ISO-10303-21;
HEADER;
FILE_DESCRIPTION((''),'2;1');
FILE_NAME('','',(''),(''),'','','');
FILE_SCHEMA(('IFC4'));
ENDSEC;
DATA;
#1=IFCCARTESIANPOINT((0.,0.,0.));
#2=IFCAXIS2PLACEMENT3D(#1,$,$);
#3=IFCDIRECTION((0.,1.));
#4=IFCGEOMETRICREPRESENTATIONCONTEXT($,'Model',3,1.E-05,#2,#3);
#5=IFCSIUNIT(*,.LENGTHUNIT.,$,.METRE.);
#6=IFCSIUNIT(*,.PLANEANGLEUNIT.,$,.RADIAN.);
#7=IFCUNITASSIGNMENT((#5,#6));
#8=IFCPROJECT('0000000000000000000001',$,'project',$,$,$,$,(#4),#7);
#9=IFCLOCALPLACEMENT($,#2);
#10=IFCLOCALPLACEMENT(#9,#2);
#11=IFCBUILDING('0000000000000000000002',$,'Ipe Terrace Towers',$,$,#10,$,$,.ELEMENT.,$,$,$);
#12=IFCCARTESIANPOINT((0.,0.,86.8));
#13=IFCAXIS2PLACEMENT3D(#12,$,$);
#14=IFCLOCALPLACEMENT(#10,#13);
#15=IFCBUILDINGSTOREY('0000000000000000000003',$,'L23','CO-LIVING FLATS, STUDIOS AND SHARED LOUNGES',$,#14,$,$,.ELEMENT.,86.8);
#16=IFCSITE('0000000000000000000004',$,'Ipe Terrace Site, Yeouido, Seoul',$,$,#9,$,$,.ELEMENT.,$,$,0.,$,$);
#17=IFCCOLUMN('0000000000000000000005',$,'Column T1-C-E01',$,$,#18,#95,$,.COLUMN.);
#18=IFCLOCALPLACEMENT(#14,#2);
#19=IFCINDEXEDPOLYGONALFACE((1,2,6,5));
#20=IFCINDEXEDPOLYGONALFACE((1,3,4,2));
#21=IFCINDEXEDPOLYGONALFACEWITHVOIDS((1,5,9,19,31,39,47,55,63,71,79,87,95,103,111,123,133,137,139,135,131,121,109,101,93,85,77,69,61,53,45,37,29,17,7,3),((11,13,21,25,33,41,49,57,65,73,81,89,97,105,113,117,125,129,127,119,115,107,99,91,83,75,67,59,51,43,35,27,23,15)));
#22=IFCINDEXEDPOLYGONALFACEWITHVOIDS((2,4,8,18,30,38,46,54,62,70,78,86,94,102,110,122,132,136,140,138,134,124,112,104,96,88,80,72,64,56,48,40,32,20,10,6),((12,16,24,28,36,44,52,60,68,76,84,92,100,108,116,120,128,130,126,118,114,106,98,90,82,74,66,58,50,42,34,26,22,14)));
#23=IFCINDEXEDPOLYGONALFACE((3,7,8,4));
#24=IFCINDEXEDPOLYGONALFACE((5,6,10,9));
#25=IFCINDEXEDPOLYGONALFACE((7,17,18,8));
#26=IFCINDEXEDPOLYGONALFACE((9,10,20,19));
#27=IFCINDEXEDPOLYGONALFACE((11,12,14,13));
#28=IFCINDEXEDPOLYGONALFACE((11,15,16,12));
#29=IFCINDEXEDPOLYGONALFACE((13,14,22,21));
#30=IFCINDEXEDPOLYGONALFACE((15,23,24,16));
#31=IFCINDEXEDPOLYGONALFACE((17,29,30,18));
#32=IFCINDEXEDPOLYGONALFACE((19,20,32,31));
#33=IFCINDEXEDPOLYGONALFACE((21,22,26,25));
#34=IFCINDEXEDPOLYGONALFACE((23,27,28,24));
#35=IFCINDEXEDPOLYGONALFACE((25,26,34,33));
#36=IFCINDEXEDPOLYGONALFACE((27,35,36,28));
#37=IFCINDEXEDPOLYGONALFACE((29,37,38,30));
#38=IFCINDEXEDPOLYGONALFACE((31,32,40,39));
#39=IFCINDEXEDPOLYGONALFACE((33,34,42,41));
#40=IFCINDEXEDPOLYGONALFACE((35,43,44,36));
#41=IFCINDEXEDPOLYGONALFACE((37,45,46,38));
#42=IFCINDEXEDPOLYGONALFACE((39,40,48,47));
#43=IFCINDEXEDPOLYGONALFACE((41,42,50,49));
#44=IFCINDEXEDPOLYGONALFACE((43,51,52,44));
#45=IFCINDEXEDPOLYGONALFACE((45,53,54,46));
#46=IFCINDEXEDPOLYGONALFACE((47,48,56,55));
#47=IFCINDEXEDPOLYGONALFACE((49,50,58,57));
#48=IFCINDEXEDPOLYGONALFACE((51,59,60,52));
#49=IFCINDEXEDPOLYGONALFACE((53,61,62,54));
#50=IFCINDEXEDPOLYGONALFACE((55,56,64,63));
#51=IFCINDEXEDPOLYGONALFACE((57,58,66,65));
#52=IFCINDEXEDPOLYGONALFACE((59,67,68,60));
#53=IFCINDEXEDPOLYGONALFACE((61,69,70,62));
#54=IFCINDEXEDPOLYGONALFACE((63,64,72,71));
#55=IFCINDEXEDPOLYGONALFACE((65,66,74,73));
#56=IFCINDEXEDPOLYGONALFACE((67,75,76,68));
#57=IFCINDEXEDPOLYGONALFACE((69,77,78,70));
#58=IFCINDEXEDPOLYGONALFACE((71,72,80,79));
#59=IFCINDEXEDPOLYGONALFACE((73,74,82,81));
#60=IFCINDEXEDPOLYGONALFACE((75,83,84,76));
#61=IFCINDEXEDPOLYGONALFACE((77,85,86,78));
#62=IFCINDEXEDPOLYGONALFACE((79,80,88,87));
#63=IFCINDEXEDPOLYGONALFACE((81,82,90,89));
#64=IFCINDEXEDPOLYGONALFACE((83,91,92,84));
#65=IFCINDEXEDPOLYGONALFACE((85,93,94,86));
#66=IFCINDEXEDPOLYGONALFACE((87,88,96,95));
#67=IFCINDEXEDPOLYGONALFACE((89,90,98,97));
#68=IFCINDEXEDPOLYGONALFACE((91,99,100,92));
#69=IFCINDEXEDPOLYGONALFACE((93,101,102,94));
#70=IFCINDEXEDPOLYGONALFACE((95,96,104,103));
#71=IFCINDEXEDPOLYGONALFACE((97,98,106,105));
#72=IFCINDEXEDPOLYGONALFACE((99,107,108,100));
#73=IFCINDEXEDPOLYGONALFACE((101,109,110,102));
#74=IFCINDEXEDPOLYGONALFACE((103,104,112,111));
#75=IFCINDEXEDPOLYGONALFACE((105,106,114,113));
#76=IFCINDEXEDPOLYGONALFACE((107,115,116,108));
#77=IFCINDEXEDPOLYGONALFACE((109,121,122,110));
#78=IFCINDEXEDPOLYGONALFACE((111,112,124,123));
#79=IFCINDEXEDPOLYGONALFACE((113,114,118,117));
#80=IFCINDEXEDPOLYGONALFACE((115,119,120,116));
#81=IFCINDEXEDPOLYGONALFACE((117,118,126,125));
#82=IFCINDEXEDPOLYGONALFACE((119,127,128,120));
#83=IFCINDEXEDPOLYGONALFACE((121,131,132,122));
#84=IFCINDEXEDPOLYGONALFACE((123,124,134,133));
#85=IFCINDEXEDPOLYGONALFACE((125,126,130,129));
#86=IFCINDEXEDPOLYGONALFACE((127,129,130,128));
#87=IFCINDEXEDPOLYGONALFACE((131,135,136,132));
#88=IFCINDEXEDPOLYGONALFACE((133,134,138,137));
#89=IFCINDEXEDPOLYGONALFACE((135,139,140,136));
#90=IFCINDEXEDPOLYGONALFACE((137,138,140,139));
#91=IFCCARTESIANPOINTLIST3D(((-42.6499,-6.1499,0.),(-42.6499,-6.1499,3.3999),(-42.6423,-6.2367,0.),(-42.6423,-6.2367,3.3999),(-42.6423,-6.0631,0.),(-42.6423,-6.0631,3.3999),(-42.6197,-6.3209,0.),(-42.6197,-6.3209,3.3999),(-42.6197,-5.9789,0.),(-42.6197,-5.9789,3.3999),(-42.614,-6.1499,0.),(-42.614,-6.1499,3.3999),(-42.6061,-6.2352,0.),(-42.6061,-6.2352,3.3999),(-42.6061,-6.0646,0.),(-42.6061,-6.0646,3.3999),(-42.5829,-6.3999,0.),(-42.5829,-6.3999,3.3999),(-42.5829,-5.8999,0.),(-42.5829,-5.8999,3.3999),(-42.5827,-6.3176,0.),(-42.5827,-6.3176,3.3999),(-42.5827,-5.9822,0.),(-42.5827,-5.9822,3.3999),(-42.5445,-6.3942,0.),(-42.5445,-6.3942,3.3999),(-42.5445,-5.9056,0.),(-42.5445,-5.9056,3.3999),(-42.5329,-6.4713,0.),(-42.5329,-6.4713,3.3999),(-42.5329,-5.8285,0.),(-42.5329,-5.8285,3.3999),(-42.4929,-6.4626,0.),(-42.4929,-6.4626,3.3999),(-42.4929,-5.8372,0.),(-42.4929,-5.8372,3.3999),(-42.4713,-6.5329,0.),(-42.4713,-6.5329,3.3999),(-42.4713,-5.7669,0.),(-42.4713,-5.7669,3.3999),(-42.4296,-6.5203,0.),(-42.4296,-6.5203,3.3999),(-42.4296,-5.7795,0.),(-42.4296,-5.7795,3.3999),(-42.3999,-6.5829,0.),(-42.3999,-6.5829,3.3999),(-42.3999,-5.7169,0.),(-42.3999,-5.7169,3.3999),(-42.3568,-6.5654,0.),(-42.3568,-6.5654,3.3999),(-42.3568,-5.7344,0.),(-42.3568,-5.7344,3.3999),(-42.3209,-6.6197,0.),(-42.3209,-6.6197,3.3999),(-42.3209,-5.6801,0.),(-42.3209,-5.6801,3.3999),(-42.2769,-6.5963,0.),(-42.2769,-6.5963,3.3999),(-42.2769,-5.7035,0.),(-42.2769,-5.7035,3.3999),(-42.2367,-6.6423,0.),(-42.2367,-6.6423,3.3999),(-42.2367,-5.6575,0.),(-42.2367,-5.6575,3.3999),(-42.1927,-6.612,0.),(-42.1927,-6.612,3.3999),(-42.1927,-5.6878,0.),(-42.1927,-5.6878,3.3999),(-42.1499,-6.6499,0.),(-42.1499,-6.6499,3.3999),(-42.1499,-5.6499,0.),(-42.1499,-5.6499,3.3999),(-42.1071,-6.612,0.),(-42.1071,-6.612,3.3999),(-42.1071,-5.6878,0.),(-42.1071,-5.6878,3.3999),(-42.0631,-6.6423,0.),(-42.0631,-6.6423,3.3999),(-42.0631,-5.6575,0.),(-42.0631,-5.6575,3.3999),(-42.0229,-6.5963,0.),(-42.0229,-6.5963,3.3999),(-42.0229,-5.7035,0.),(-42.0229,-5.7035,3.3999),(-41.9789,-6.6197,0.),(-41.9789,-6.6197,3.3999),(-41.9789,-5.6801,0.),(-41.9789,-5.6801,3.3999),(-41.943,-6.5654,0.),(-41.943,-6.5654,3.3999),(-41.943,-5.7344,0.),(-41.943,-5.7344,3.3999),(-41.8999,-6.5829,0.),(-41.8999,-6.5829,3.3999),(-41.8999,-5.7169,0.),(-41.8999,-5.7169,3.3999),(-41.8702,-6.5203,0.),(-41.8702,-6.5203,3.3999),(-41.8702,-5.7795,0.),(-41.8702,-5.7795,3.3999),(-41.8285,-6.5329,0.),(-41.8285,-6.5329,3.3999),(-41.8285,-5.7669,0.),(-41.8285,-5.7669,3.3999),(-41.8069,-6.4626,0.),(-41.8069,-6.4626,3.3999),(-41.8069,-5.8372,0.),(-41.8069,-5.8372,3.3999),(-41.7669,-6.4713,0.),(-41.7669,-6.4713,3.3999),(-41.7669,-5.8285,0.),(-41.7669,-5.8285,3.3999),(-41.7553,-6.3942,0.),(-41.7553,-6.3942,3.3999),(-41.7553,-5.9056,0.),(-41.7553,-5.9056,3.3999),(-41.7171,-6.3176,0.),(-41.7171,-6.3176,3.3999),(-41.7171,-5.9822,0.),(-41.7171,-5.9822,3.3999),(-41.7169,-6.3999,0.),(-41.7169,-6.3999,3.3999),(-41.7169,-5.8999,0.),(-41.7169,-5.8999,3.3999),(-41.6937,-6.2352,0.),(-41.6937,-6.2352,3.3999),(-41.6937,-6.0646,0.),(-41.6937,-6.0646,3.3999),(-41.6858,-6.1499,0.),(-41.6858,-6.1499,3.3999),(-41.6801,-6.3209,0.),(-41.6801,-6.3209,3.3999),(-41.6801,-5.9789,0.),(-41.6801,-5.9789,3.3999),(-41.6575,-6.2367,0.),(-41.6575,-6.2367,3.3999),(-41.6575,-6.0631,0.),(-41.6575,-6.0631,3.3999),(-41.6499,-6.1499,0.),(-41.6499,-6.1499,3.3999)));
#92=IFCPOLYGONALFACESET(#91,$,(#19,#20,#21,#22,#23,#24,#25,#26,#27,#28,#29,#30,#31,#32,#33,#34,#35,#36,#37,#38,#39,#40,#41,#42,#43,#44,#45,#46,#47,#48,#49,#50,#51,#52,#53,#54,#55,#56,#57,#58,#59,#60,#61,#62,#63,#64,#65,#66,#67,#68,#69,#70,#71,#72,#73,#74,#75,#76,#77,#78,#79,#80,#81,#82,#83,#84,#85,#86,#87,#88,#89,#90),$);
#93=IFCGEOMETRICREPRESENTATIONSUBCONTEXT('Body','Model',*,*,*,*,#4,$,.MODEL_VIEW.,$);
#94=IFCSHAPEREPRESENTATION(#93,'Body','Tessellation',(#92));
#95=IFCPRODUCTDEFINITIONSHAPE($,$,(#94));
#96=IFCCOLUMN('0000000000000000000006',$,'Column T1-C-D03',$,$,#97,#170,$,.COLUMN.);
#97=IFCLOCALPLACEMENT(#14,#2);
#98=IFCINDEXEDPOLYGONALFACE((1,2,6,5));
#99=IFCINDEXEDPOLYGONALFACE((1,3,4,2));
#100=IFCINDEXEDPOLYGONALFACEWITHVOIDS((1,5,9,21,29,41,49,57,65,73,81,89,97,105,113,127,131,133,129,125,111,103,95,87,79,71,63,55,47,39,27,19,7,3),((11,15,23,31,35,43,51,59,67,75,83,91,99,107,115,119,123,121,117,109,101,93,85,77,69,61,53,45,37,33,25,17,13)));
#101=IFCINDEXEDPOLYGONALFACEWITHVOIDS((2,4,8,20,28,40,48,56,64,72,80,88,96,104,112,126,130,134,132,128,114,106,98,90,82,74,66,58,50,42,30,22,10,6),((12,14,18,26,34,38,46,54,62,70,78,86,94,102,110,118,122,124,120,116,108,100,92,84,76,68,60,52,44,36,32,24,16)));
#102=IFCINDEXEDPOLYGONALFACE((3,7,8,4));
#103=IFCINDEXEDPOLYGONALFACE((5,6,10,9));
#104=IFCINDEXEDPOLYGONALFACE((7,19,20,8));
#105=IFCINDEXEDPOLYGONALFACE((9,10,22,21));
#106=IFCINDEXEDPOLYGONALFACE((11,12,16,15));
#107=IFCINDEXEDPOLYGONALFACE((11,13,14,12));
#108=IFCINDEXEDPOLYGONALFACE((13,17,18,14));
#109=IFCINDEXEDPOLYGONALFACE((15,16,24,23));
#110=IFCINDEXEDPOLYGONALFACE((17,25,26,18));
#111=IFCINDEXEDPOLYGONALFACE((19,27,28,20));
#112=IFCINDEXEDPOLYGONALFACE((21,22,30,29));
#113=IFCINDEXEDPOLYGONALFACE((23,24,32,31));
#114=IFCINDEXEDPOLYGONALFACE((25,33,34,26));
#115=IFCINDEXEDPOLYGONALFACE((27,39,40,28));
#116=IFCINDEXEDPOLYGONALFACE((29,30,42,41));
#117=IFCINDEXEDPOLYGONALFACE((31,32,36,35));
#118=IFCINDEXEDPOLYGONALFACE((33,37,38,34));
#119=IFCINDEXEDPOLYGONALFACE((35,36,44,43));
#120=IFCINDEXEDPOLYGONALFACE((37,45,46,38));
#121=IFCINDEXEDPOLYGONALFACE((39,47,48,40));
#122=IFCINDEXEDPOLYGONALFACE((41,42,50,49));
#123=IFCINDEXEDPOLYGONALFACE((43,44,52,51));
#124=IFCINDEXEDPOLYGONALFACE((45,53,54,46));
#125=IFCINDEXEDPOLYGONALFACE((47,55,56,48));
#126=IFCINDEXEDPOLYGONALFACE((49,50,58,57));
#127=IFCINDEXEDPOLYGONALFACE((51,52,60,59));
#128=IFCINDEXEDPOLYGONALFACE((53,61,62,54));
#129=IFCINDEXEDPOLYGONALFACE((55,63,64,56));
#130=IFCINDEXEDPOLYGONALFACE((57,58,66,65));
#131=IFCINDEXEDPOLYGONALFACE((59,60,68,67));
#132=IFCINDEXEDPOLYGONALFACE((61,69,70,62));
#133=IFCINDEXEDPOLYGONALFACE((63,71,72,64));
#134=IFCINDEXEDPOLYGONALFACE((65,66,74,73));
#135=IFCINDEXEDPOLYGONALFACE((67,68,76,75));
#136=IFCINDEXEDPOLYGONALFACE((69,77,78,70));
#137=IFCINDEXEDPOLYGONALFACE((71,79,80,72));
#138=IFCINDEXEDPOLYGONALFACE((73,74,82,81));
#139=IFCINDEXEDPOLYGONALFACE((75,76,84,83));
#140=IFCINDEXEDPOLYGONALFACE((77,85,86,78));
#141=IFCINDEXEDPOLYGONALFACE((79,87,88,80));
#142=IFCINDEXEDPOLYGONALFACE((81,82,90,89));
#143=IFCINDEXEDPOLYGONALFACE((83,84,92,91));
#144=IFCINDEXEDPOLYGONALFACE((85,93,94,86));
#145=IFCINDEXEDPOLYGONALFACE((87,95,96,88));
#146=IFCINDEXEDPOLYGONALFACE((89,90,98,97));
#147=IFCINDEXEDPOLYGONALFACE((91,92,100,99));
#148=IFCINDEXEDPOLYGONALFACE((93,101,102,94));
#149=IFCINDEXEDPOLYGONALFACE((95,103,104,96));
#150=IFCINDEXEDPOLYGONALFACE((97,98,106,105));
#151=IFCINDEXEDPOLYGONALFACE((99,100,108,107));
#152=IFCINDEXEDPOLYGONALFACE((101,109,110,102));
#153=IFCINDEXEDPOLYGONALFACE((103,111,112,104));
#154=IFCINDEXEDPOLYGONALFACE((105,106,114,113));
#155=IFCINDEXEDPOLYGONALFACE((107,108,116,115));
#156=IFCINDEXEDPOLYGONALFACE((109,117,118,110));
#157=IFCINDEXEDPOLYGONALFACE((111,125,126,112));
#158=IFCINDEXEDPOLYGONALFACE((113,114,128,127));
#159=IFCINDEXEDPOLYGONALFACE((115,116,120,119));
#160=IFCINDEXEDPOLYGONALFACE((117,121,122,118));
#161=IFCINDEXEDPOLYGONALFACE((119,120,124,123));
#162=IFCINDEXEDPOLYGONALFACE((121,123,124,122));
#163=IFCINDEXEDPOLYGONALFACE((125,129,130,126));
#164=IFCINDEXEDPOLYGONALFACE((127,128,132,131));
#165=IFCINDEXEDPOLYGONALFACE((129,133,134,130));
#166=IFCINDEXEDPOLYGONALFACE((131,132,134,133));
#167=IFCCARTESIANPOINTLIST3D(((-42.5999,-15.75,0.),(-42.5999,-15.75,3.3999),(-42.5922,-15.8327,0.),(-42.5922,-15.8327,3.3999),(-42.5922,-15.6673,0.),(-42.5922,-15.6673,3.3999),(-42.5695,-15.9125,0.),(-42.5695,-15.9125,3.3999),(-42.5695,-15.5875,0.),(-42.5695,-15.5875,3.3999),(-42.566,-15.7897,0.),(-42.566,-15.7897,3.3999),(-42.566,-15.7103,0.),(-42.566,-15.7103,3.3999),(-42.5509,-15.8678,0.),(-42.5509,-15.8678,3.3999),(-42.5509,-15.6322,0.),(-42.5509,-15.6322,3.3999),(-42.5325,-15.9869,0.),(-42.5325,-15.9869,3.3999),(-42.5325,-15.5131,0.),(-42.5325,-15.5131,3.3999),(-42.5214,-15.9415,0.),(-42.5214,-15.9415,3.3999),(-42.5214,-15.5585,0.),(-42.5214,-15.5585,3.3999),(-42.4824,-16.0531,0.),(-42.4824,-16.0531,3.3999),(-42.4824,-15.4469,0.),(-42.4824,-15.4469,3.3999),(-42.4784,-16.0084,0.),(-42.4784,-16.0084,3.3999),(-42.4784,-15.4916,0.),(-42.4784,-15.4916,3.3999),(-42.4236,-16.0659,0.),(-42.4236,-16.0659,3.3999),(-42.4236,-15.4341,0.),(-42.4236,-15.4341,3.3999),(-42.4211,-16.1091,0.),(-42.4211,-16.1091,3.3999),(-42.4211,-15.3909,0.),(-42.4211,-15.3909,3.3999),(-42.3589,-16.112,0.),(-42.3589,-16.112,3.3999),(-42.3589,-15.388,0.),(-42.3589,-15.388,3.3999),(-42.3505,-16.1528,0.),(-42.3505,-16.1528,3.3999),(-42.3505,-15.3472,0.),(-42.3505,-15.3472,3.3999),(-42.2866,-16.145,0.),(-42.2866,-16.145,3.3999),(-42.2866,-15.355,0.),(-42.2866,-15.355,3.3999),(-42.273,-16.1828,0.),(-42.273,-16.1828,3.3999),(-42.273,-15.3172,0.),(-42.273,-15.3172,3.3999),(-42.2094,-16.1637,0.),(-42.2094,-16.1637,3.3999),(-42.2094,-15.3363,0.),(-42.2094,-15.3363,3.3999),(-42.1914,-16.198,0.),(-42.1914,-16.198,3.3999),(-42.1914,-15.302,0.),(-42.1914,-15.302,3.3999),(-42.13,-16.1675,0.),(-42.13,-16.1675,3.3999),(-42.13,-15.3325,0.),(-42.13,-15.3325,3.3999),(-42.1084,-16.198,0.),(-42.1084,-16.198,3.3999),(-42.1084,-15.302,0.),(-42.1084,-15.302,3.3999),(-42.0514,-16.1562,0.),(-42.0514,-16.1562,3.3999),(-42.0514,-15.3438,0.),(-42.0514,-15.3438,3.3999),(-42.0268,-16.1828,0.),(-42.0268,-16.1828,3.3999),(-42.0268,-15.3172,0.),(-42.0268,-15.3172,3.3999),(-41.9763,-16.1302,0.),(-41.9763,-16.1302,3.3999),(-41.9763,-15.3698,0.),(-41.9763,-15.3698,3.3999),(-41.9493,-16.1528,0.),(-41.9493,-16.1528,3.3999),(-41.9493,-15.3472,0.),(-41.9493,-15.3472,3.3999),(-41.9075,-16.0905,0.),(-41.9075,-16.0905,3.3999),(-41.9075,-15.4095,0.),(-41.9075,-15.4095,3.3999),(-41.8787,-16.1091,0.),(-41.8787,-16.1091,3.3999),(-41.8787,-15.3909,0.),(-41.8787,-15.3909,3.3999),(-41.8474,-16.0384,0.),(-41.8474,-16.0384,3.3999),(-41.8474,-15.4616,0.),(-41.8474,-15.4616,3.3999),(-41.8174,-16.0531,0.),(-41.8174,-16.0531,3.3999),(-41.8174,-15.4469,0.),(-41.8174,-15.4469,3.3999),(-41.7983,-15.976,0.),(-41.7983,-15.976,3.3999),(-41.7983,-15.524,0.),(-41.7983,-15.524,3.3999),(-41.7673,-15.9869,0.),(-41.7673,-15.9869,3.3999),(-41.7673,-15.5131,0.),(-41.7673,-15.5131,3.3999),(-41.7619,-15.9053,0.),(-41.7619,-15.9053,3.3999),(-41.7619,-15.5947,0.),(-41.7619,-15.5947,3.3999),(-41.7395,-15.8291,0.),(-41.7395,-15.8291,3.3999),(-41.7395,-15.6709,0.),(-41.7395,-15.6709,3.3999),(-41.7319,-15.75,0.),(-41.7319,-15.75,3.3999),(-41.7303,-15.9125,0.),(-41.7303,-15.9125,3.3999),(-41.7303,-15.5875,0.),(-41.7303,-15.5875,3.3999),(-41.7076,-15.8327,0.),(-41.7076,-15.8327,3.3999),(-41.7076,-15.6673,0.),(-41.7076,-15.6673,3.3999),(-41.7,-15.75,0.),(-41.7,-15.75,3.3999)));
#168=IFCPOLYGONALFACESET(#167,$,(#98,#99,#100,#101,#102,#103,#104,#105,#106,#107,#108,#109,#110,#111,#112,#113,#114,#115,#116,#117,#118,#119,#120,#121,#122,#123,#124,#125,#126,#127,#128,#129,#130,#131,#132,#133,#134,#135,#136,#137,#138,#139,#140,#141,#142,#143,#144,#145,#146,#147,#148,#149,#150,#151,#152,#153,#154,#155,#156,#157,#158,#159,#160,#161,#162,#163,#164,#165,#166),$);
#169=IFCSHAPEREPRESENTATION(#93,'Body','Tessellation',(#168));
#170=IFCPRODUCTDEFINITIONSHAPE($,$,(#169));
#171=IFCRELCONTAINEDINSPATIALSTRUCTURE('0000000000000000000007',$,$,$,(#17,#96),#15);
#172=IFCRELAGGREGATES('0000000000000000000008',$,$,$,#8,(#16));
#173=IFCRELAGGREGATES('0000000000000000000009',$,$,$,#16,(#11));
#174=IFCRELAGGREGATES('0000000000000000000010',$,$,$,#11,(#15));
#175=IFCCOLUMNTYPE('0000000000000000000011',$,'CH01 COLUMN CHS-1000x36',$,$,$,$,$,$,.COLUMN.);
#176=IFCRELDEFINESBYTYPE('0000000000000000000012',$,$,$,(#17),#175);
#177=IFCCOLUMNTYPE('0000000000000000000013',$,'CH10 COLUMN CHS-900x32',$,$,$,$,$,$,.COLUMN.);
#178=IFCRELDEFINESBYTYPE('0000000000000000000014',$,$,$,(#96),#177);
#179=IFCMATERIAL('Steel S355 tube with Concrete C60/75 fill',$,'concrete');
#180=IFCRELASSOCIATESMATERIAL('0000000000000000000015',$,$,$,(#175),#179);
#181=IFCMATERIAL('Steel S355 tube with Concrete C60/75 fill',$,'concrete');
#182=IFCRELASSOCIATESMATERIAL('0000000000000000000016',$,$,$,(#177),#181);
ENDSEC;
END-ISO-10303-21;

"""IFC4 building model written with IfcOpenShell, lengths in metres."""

from ifc_helpers import new_model, si_unit, direction, frame, origin, origin_2d, place, context, subcontext, project, spatial, hollow_circle, extrude, material, material_profile, profile_set, type_object, element, save


model = new_model("IFC4")

# Units and contexts
model_context = context("Model", 3, precision=1e-05, world=origin(), true_north=direction((0.0, 1.0)))
body_context = subcontext(model_context, "Body", "Model", "MODEL_VIEW")
ifc_project = project(units=[si_unit("LENGTHUNIT", "METRE"), si_unit("PLANEANGLEUNIT", "RADIAN")], contexts=[model_context])

# Site, building, storey
site_placement = place(None, origin())
site = spatial("IfcSite", under=ifc_project, at=site_placement, Name="Ipe Terrace Site, Yeouido, Seoul", CompositionType="ELEMENT", RefElevation=0.0)
building_placement = place(site_placement, origin())
building = spatial("IfcBuilding", under=site, at=building_placement, Name="Ipe Terrace Towers", CompositionType="ELEMENT")
storey_placement = place(building_placement, frame((0.0, 0.0, 86.8)))
storey = spatial("IfcBuildingStorey", under=building, at=storey_placement, Name="L23", Description="CO-LIVING FLATS, STUDIOS AND SHARED LOUNGES", CompositionType="ELEMENT", Elevation=86.8)

# Columns
ifc_material_1 = material(Name="Steel S355 tube with Concrete C60/75 fill", Category="concrete")
ifc_material_profile_1 = material_profile(ifc_material_1, hollow_circle(Radius=0.5, WallThickness=0.0359, at=origin_2d()), Name="CHS-1000x36")
ifc_profile_set_1 = profile_set([ifc_material_profile_1], Name="Steel S355 tube with Concrete C60/75 fill")
column_type_1 = type_object("IfcColumnType", Name="CH01 COLUMN CHS-1000x36", PredefinedType="COLUMN", material=ifc_profile_set_1)
column_placement = place(storey_placement, frame((-42.1499, -6.1499, 0.0), z_axis=(0.0, 0.0, 1.0), x_axis=(1.0, 0.0, 0.0)))
element("IfcColumn", 1, at=column_placement, inside=storey, type_object=column_type_1, Name="Column T1-C-E01", PredefinedType="COLUMN", context=body_context, shape_type="SweptSolid", body=[
    extrude(hollow_circle(Radius=0.5, WallThickness=0.0359, at=origin_2d()), origin(), (0.0, 0.0, 1.0), 3.3999),
])
ifc_material_2 = material(Name="Steel S355 tube with Concrete C60/75 fill", Category="concrete")
ifc_material_profile_2 = material_profile(ifc_material_2, hollow_circle(Radius=0.45, WallThickness=0.032, at=origin_2d()), Name="CHS-900x32")
ifc_profile_set_2 = profile_set([ifc_material_profile_2], Name="Steel S355 tube with Concrete C60/75 fill")
column_type_2 = type_object("IfcColumnType", Name="CH10 COLUMN CHS-900x32", PredefinedType="COLUMN", material=ifc_profile_set_2)
for number, where, z_axis, x_axis, name in (
    (2, (-42.1499, -15.75, 0.0), (0.0, 0.0, 1.0), (1.0, 0.0, 0.0), "Column T1-C-D03"),
):
    element("IfcColumn", number, at=place(storey_placement, frame(where, z_axis=z_axis, x_axis=x_axis)), inside=storey, type_object=column_type_2, Name=name, PredefinedType="COLUMN", context=body_context, shape_type="SweptSolid", body=[
        extrude(hollow_circle(Radius=0.45, WallThickness=0.032, at=origin_2d()), origin(), (0.0, 0.0, 1.0), 3.3999),
    ])

save(model, "model.ifc")
